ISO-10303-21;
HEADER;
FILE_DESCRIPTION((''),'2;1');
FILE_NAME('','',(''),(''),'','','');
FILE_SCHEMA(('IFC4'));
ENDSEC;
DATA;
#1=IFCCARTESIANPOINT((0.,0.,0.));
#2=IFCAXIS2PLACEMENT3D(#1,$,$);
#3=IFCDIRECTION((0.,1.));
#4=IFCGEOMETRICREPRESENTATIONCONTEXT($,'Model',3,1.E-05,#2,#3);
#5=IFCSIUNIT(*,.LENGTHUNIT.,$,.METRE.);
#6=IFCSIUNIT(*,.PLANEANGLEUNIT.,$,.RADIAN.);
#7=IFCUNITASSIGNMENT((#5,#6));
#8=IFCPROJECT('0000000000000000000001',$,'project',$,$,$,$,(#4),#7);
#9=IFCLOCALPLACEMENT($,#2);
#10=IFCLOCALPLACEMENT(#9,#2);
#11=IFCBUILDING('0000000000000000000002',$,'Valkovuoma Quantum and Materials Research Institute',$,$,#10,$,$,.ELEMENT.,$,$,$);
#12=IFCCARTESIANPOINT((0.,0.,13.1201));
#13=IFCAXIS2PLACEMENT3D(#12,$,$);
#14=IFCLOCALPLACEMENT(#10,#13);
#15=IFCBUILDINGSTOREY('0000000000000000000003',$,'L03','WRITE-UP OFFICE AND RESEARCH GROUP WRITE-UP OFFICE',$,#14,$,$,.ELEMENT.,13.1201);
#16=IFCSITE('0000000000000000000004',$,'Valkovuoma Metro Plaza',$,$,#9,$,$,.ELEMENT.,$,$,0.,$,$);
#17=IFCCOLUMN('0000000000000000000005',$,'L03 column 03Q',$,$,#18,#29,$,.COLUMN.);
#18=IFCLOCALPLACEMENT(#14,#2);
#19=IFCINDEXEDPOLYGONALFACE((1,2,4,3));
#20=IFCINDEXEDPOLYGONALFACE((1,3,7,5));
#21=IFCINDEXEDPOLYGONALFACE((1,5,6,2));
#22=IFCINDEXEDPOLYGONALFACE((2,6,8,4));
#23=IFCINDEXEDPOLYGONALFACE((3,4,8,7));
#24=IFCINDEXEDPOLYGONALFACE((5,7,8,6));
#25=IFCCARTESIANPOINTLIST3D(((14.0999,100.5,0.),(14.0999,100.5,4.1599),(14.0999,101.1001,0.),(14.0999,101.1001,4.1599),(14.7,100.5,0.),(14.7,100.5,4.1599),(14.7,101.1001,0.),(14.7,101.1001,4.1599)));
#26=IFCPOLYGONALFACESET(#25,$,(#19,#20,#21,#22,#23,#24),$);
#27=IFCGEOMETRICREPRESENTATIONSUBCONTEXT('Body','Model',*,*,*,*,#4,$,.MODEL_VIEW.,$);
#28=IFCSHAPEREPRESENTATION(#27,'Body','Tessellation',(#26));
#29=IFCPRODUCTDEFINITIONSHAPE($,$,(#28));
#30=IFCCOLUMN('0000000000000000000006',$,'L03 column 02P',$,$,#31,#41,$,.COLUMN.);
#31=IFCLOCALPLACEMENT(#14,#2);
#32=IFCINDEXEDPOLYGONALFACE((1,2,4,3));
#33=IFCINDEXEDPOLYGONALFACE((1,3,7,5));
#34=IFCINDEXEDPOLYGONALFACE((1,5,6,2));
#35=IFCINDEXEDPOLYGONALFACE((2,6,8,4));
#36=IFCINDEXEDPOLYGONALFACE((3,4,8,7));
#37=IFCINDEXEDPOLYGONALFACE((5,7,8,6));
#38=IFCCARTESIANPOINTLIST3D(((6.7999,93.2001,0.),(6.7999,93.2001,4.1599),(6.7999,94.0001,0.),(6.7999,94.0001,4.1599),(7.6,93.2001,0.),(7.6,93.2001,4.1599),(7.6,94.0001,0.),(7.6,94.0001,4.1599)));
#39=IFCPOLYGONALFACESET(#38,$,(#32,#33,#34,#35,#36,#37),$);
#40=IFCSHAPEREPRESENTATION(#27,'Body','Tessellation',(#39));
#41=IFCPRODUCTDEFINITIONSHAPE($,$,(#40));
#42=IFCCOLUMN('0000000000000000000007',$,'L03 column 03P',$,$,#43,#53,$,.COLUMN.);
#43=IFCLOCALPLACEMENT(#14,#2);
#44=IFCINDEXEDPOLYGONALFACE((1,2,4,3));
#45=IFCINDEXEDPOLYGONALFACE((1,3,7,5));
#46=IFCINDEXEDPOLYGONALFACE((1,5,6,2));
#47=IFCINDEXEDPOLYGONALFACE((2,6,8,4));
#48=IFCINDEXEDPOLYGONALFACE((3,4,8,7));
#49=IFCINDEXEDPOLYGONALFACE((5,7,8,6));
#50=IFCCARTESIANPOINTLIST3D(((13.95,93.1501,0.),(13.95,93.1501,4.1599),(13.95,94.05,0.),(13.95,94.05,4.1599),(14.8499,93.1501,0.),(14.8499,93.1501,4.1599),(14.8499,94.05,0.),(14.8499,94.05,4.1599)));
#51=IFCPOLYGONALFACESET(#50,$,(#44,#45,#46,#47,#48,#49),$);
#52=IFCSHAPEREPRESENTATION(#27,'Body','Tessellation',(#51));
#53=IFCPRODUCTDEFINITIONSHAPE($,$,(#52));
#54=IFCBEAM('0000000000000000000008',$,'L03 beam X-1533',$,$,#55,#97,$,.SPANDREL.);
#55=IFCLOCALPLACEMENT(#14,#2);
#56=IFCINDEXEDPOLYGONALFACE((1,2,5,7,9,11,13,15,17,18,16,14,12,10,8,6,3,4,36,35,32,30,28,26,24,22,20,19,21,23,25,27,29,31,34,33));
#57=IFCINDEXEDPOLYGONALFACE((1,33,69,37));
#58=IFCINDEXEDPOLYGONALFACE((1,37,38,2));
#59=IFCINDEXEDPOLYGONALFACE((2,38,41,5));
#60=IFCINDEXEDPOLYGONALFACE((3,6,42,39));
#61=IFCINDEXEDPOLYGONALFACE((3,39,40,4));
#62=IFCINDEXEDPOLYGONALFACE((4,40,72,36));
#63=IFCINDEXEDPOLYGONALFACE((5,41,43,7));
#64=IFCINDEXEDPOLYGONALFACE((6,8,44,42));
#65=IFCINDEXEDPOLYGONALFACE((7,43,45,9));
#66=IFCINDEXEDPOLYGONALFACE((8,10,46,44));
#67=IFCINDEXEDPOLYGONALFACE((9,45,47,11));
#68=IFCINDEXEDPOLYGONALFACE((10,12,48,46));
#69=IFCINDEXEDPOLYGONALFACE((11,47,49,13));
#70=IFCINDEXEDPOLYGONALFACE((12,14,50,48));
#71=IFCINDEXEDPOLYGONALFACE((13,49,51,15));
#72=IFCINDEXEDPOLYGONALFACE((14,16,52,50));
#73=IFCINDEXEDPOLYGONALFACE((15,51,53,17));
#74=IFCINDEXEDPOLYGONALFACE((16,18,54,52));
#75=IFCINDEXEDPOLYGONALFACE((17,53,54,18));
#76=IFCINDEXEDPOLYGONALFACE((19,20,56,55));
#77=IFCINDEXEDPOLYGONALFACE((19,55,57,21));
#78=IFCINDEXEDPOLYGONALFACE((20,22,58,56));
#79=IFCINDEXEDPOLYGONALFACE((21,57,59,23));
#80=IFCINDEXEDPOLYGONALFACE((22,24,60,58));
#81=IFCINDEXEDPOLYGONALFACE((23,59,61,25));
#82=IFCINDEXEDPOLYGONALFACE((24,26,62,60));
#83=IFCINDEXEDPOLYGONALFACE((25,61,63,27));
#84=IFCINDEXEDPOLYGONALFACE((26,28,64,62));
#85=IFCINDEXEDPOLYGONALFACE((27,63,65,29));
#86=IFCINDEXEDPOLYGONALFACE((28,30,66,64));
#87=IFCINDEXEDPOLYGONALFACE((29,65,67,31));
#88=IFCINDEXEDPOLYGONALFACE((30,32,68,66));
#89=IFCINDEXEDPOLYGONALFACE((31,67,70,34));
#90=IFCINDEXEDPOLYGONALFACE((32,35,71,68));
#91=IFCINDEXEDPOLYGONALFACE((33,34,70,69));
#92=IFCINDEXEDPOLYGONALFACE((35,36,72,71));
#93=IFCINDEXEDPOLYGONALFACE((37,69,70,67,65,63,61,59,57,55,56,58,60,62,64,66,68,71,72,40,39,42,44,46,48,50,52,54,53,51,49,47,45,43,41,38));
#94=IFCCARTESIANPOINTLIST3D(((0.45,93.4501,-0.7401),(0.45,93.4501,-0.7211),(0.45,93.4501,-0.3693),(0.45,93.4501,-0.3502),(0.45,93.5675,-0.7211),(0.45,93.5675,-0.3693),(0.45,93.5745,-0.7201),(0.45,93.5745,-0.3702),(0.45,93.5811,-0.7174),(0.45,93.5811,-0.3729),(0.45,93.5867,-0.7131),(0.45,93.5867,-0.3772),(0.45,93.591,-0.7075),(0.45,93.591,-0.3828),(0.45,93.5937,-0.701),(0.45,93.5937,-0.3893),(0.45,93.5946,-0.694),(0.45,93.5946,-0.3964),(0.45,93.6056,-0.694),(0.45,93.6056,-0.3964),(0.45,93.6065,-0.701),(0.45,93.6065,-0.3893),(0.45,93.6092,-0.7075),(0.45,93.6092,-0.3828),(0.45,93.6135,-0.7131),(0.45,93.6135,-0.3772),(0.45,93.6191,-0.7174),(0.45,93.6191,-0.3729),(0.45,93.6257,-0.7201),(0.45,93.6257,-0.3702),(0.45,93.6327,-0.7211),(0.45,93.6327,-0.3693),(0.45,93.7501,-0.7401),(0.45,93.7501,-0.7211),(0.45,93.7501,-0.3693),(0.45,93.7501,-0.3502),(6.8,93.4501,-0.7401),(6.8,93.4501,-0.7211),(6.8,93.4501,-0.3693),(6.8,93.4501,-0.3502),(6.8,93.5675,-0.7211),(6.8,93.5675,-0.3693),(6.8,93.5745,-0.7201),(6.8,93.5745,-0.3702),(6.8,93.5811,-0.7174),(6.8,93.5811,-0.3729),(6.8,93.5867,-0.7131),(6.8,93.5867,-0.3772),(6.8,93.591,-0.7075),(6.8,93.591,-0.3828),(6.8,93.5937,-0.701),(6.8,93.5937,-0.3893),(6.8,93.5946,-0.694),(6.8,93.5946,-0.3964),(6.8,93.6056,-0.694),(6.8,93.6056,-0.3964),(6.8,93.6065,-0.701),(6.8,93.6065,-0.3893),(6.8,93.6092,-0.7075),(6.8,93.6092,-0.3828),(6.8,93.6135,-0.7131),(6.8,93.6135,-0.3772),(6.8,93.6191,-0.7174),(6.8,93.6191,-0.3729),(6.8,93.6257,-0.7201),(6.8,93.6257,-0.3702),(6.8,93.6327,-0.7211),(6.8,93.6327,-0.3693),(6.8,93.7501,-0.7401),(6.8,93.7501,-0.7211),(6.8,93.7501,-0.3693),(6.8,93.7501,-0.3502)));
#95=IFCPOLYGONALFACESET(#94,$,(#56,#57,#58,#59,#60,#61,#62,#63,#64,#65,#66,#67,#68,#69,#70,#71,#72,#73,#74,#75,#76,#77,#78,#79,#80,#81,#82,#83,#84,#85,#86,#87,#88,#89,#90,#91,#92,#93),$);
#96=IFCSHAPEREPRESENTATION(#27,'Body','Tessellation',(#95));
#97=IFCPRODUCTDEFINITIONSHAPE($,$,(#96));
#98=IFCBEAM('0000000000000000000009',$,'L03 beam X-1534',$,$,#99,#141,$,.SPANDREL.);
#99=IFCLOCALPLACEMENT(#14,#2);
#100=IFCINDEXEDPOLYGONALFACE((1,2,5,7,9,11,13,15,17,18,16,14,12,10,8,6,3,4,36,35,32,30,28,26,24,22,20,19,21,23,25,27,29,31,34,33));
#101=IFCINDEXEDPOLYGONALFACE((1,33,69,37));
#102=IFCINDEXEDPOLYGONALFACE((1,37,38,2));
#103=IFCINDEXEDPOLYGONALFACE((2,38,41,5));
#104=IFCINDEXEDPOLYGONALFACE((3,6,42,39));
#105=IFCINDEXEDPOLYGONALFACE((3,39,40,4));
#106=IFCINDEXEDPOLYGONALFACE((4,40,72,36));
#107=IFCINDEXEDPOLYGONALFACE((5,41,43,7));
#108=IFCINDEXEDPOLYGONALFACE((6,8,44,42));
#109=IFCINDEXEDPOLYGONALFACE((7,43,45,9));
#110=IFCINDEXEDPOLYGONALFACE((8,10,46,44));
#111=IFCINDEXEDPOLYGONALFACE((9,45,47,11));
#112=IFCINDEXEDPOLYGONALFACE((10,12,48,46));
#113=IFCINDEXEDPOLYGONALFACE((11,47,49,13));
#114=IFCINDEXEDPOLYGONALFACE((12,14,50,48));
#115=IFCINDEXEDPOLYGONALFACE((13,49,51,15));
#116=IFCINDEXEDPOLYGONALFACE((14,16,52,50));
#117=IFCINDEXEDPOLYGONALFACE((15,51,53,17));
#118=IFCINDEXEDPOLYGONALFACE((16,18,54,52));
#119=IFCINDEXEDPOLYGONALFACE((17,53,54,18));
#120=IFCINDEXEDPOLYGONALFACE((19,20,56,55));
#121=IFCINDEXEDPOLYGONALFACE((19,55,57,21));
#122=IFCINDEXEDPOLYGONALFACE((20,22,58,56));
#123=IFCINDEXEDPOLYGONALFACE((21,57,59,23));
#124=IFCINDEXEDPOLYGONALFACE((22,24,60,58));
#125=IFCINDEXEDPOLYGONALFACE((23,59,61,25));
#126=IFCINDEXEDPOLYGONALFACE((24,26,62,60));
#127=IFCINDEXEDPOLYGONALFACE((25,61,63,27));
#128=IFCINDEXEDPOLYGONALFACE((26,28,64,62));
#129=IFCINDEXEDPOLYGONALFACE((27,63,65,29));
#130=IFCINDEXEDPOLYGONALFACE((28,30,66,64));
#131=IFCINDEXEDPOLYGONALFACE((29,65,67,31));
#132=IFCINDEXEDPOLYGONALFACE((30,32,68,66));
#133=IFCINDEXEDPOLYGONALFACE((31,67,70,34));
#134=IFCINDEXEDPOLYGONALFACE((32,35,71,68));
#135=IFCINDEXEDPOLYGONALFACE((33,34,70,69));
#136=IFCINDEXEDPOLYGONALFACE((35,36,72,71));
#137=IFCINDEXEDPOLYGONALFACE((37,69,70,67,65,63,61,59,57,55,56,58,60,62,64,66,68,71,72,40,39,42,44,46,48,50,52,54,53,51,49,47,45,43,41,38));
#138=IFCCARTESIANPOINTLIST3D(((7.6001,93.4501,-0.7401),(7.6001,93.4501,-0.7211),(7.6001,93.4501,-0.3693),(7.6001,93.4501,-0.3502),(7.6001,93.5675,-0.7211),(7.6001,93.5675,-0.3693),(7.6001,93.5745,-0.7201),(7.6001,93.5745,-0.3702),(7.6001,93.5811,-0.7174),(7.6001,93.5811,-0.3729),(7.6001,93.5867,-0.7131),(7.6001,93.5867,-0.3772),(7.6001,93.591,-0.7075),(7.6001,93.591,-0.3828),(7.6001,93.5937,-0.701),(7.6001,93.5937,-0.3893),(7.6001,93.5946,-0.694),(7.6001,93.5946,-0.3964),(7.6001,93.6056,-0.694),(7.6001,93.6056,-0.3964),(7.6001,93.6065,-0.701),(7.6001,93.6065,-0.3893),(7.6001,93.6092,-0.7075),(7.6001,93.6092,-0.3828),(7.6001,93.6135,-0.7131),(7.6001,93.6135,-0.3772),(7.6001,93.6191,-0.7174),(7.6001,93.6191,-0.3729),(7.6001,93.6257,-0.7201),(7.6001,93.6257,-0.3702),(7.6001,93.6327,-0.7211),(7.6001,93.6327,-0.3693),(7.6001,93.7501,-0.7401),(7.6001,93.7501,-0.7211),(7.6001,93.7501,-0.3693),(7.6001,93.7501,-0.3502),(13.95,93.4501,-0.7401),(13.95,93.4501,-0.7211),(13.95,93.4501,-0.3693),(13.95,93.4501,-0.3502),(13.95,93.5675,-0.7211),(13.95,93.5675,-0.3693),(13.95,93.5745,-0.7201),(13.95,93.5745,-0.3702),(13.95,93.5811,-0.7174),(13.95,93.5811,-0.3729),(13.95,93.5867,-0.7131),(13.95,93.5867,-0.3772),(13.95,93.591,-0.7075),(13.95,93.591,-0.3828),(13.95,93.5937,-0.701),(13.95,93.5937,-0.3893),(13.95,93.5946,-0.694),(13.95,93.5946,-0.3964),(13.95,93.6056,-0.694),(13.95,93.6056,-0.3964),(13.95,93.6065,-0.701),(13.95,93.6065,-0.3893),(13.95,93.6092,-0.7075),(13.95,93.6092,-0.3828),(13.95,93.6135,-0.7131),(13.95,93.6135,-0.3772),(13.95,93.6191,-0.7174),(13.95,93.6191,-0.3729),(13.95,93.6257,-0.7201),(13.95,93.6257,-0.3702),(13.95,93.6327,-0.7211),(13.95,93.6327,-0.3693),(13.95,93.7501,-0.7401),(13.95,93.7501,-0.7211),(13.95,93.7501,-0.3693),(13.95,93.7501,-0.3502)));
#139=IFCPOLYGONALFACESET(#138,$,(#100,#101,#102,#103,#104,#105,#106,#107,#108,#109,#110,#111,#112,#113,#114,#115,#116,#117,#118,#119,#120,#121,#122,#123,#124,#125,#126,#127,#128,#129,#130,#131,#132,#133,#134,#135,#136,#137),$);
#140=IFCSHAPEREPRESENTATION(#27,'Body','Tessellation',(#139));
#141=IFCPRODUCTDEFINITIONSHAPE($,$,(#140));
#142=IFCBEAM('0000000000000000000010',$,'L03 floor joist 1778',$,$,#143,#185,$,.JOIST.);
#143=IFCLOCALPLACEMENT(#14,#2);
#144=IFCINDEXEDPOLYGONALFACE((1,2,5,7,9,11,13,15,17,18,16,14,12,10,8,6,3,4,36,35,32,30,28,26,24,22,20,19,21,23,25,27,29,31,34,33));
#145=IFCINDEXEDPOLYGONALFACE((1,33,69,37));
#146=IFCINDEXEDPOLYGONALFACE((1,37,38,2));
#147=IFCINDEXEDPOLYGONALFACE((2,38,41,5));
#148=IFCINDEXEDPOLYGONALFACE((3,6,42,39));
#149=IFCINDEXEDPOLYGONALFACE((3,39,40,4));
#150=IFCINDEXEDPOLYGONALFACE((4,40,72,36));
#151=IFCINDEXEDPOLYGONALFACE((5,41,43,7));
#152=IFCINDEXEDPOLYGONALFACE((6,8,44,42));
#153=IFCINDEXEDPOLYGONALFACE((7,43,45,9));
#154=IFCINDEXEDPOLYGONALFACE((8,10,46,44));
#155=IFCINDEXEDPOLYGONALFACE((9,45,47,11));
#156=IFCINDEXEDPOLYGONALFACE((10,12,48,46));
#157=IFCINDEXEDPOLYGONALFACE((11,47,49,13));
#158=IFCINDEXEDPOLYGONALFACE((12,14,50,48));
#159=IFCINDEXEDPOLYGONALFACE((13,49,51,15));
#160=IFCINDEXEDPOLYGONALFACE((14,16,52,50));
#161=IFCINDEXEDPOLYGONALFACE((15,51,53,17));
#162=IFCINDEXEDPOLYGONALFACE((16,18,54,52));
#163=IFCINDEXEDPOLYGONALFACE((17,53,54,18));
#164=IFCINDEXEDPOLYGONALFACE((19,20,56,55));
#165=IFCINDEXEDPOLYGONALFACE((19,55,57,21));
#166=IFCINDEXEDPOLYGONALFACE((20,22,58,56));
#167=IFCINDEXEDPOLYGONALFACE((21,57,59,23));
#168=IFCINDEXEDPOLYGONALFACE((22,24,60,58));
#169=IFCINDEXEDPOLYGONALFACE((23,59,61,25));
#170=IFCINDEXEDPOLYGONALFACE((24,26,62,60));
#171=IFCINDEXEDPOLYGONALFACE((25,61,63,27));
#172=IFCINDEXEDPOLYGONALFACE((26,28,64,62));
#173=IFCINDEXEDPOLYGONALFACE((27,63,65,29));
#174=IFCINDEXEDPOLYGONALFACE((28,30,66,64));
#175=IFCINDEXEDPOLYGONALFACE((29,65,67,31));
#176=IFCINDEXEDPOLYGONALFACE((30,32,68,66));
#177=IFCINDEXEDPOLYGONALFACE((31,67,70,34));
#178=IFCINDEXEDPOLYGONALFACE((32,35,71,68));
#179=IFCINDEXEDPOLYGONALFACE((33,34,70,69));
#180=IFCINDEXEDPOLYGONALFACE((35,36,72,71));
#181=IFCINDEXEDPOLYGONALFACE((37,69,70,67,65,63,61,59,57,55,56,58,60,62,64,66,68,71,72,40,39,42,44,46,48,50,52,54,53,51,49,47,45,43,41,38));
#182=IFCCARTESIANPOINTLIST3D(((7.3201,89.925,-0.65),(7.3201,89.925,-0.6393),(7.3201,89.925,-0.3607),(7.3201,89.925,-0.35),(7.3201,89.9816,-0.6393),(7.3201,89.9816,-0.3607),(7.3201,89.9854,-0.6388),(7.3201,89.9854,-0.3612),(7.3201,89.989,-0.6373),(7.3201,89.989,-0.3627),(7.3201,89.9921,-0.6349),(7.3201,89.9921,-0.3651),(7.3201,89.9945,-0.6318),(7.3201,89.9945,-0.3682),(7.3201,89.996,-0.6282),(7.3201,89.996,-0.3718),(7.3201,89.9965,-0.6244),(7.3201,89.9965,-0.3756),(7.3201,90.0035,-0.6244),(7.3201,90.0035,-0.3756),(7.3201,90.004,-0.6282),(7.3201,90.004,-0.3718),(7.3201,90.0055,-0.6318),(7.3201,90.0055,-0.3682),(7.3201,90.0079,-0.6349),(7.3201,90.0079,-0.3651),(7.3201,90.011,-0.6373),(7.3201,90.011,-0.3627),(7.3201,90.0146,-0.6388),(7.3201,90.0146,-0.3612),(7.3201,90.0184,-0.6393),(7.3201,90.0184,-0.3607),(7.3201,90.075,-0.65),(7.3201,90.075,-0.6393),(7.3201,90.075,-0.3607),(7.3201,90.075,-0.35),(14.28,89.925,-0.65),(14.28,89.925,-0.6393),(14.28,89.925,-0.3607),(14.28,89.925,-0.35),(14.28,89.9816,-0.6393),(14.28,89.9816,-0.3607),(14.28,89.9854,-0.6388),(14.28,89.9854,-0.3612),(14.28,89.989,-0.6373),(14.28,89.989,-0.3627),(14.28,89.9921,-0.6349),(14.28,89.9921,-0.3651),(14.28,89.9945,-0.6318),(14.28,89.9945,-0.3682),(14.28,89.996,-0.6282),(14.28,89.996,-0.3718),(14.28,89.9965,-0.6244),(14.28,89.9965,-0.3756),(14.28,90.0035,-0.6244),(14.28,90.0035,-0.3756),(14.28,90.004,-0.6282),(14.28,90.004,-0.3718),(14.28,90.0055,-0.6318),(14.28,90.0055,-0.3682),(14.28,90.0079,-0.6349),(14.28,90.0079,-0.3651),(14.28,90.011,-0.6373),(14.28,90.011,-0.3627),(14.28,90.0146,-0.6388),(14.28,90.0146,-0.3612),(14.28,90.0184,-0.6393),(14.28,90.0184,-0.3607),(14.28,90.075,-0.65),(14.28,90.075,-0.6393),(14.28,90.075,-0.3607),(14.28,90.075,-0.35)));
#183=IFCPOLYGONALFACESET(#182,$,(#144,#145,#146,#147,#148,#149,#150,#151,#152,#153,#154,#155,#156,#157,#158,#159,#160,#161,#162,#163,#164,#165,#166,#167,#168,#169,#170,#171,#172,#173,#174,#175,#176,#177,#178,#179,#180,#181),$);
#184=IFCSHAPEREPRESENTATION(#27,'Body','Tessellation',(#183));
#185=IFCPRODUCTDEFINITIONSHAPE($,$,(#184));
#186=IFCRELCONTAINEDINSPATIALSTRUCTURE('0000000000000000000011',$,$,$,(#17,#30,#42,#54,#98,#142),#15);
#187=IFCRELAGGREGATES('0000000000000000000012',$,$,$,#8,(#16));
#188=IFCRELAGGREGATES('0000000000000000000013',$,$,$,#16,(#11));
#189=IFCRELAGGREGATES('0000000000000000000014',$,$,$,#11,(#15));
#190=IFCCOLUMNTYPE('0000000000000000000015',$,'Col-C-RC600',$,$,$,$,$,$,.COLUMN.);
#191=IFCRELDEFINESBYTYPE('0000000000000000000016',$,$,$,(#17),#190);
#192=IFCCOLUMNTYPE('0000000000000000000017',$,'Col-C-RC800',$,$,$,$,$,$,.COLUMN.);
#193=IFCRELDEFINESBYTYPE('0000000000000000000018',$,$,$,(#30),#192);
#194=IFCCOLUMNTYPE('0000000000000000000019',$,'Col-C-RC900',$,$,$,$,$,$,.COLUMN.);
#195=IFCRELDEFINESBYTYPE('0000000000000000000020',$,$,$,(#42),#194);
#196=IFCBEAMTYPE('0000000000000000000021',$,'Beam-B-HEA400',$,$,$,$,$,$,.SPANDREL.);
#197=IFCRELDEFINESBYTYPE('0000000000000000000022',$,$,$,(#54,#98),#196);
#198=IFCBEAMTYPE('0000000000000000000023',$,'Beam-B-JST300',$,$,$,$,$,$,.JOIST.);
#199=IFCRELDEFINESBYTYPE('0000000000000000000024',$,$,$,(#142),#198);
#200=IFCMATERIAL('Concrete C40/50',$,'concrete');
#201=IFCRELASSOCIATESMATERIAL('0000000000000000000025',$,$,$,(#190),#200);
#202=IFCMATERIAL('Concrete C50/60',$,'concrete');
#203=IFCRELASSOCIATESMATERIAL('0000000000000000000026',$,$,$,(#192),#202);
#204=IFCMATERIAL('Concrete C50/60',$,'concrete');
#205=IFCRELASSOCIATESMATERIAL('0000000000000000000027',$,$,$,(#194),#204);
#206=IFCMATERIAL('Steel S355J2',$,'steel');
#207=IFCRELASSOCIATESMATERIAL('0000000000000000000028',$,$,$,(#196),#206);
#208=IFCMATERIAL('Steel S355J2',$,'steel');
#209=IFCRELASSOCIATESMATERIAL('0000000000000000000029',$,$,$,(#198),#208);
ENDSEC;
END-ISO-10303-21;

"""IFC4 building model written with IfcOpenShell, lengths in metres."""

from ifc_helpers import new_model, si_unit, direction, frame, origin, origin_2d, place, context, subcontext, project, spatial, rectangle, i_section, extrude, material, material_profile, profile_set, type_object, element, save


model = new_model("IFC4")

# Units and contexts
model_context = context("Model", 3, precision=1e-05, world=origin(), true_north=direction((0.0, 1.0)))
body_context = subcontext(model_context, "Body", "Model", "MODEL_VIEW")
ifc_project = project(units=[si_unit("LENGTHUNIT", "METRE"), si_unit("PLANEANGLEUNIT", "RADIAN")], contexts=[model_context])

# Site, building, storey
site_placement = place(None, origin())
site = spatial("IfcSite", under=ifc_project, at=site_placement, Name="Valkovuoma Metro Plaza", CompositionType="ELEMENT", RefElevation=0.0)
building_placement = place(site_placement, origin())
building = spatial("IfcBuilding", under=site, at=building_placement, Name="Valkovuoma Quantum and Materials Research Institute", CompositionType="ELEMENT")
storey_placement = place(building_placement, frame((0.0, 0.0, 13.1201)))
storey = spatial("IfcBuildingStorey", under=building, at=storey_placement, Name="L03", Description="WRITE-UP OFFICE AND RESEARCH GROUP WRITE-UP OFFICE", CompositionType="ELEMENT", Elevation=13.1201)

# Columns
ifc_material_1 = material(Name="Concrete C40/50", Category="concrete")
ifc_material_profile_1 = material_profile(ifc_material_1, rectangle(XDim=0.6001, YDim=0.6001, at=origin_2d()), Name="Concrete C40/50")
ifc_profile_set_1 = profile_set([ifc_material_profile_1], Name="Concrete C40/50")
column_type_1 = type_object("IfcColumnType", Name="Col-C-RC600", PredefinedType="COLUMN", material=ifc_profile_set_1)
column_1_placement = place(storey_placement, frame((14.3999, 100.8, 0.0), z_axis=(0.0, 0.0, 1.0), x_axis=(1.0, 0.0, 0.0)))
element("IfcColumn", 1, at=column_1_placement, inside=storey, type_object=column_type_1, Name="L03 column 03Q", PredefinedType="COLUMN", context=body_context, shape_type="SweptSolid", body=[
    extrude(rectangle(XDim=0.6001, YDim=0.6001, at=origin_2d()), origin(), (0.0, 0.0, 1.0), 4.1599),
])
ifc_material_2 = material(Name="Concrete C50/60", Category="concrete")
ifc_material_profile_2 = material_profile(ifc_material_2, rectangle(XDim=0.8, YDim=0.8, at=origin_2d()), Name="Concrete C50/60")
ifc_profile_set_2 = profile_set([ifc_material_profile_2], Name="Concrete C50/60")
column_type_2 = type_object("IfcColumnType", Name="Col-C-RC800", PredefinedType="COLUMN", material=ifc_profile_set_2)
column_2_placement = place(storey_placement, frame((7.2, 93.6001, 0.0), z_axis=(0.0, 0.0, 1.0), x_axis=(1.0, 0.0, 0.0)))
element("IfcColumn", 2, at=column_2_placement, inside=storey, type_object=column_type_2, Name="L03 column 02P", PredefinedType="COLUMN", context=body_context, shape_type="SweptSolid", body=[
    extrude(rectangle(XDim=0.8, YDim=0.8, at=origin_2d()), origin(), (0.0, 0.0, 1.0), 4.1599),
])
ifc_material_3 = material(Name="Concrete C50/60", Category="concrete")
ifc_material_profile_3 = material_profile(ifc_material_3, rectangle(XDim=0.8999, YDim=0.8999, at=origin_2d()), Name="Concrete C50/60")
ifc_profile_set_3 = profile_set([ifc_material_profile_3], Name="Concrete C50/60")
column_type_3 = type_object("IfcColumnType", Name="Col-C-RC900", PredefinedType="COLUMN", material=ifc_profile_set_3)
column_3_placement = place(storey_placement, frame((14.3999, 93.6001, 0.0), z_axis=(0.0, 0.0, 1.0), x_axis=(1.0, 0.0, 0.0)))
element("IfcColumn", 3, at=column_3_placement, inside=storey, type_object=column_type_3, Name="L03 column 03P", PredefinedType="COLUMN", context=body_context, shape_type="SweptSolid", body=[
    extrude(rectangle(XDim=0.8999, YDim=0.8999, at=origin_2d()), origin(), (0.0, 0.0, 1.0), 4.1599),
])

# Beams
ifc_material_4 = material(Name="Steel S355J2", Category="steel")
ifc_material_profile_4 = material_profile(ifc_material_4, i_section(OverallWidth=0.3, OverallDepth=0.3899, WebThickness=0.011, FlangeThickness=0.019, FilletRadius=0.0271, at=origin_2d()), Name="Steel S355J2")
ifc_profile_set_4 = profile_set([ifc_material_profile_4], Name="Steel S355J2")
beam_type_1 = type_object("IfcBeamType", Name="Beam-B-HEA400", PredefinedType="SPANDREL", material=ifc_profile_set_4)
beam_1_placement = place(storey_placement, frame((0.45, 93.6001, -0.5452), z_axis=(1.0, 0.0, 0.0), x_axis=(0.0, 1.0, 0.0)))
element("IfcBeam", 4, at=beam_1_placement, inside=storey, type_object=beam_type_1, Name="L03 beam X-1533", PredefinedType="SPANDREL", context=body_context, shape_type="SweptSolid", body=[
    extrude(i_section(OverallWidth=0.3, OverallDepth=0.3899, WebThickness=0.011, FlangeThickness=0.019, FilletRadius=0.0271, at=origin_2d()), origin(), (0.0, 0.0, 1.0), 6.3501),
])
beam_2_placement = place(storey_placement, frame((7.6001, 93.6001, -0.5452), z_axis=(1.0, 0.0, 0.0), x_axis=(0.0, 1.0, 0.0)))
element("IfcBeam", 5, at=beam_2_placement, inside=storey, type_object=beam_type_1, Name="L03 beam X-1534", PredefinedType="SPANDREL", context=body_context, shape_type="SweptSolid", body=[
    extrude(i_section(OverallWidth=0.3, OverallDepth=0.3899, WebThickness=0.011, FlangeThickness=0.019, FilletRadius=0.0271, at=origin_2d()), origin(), (0.0, 0.0, 1.0), 6.3499),
])
ifc_material_5 = material(Name="Steel S355J2", Category="steel")
ifc_material_profile_5 = material_profile(ifc_material_5, i_section(OverallWidth=0.1499, OverallDepth=0.3, WebThickness=0.0071, FlangeThickness=0.0107, FilletRadius=0.0149, at=origin_2d()), Name="Steel S355J2")
ifc_profile_set_5 = profile_set([ifc_material_profile_5], Name="Steel S355J2")
beam_type_2 = type_object("IfcBeamType", Name="Beam-B-JST300", PredefinedType="JOIST", material=ifc_profile_set_5)
beam_3_placement = place(storey_placement, frame((7.3201, 90.0, -0.5), z_axis=(1.0, 0.0, 0.0), x_axis=(0.0, 1.0, 0.0)))
element("IfcBeam", 6, at=beam_3_placement, inside=storey, type_object=beam_type_2, Name="L03 floor joist 1778", PredefinedType="JOIST", context=body_context, shape_type="SweptSolid", body=[
    extrude(i_section(OverallWidth=0.1499, OverallDepth=0.3, WebThickness=0.0071, FlangeThickness=0.0107, FilletRadius=0.0149, at=origin_2d()), origin(), (0.0, 0.0, 1.0), 6.96),
])

save(model, "model.ifc")
